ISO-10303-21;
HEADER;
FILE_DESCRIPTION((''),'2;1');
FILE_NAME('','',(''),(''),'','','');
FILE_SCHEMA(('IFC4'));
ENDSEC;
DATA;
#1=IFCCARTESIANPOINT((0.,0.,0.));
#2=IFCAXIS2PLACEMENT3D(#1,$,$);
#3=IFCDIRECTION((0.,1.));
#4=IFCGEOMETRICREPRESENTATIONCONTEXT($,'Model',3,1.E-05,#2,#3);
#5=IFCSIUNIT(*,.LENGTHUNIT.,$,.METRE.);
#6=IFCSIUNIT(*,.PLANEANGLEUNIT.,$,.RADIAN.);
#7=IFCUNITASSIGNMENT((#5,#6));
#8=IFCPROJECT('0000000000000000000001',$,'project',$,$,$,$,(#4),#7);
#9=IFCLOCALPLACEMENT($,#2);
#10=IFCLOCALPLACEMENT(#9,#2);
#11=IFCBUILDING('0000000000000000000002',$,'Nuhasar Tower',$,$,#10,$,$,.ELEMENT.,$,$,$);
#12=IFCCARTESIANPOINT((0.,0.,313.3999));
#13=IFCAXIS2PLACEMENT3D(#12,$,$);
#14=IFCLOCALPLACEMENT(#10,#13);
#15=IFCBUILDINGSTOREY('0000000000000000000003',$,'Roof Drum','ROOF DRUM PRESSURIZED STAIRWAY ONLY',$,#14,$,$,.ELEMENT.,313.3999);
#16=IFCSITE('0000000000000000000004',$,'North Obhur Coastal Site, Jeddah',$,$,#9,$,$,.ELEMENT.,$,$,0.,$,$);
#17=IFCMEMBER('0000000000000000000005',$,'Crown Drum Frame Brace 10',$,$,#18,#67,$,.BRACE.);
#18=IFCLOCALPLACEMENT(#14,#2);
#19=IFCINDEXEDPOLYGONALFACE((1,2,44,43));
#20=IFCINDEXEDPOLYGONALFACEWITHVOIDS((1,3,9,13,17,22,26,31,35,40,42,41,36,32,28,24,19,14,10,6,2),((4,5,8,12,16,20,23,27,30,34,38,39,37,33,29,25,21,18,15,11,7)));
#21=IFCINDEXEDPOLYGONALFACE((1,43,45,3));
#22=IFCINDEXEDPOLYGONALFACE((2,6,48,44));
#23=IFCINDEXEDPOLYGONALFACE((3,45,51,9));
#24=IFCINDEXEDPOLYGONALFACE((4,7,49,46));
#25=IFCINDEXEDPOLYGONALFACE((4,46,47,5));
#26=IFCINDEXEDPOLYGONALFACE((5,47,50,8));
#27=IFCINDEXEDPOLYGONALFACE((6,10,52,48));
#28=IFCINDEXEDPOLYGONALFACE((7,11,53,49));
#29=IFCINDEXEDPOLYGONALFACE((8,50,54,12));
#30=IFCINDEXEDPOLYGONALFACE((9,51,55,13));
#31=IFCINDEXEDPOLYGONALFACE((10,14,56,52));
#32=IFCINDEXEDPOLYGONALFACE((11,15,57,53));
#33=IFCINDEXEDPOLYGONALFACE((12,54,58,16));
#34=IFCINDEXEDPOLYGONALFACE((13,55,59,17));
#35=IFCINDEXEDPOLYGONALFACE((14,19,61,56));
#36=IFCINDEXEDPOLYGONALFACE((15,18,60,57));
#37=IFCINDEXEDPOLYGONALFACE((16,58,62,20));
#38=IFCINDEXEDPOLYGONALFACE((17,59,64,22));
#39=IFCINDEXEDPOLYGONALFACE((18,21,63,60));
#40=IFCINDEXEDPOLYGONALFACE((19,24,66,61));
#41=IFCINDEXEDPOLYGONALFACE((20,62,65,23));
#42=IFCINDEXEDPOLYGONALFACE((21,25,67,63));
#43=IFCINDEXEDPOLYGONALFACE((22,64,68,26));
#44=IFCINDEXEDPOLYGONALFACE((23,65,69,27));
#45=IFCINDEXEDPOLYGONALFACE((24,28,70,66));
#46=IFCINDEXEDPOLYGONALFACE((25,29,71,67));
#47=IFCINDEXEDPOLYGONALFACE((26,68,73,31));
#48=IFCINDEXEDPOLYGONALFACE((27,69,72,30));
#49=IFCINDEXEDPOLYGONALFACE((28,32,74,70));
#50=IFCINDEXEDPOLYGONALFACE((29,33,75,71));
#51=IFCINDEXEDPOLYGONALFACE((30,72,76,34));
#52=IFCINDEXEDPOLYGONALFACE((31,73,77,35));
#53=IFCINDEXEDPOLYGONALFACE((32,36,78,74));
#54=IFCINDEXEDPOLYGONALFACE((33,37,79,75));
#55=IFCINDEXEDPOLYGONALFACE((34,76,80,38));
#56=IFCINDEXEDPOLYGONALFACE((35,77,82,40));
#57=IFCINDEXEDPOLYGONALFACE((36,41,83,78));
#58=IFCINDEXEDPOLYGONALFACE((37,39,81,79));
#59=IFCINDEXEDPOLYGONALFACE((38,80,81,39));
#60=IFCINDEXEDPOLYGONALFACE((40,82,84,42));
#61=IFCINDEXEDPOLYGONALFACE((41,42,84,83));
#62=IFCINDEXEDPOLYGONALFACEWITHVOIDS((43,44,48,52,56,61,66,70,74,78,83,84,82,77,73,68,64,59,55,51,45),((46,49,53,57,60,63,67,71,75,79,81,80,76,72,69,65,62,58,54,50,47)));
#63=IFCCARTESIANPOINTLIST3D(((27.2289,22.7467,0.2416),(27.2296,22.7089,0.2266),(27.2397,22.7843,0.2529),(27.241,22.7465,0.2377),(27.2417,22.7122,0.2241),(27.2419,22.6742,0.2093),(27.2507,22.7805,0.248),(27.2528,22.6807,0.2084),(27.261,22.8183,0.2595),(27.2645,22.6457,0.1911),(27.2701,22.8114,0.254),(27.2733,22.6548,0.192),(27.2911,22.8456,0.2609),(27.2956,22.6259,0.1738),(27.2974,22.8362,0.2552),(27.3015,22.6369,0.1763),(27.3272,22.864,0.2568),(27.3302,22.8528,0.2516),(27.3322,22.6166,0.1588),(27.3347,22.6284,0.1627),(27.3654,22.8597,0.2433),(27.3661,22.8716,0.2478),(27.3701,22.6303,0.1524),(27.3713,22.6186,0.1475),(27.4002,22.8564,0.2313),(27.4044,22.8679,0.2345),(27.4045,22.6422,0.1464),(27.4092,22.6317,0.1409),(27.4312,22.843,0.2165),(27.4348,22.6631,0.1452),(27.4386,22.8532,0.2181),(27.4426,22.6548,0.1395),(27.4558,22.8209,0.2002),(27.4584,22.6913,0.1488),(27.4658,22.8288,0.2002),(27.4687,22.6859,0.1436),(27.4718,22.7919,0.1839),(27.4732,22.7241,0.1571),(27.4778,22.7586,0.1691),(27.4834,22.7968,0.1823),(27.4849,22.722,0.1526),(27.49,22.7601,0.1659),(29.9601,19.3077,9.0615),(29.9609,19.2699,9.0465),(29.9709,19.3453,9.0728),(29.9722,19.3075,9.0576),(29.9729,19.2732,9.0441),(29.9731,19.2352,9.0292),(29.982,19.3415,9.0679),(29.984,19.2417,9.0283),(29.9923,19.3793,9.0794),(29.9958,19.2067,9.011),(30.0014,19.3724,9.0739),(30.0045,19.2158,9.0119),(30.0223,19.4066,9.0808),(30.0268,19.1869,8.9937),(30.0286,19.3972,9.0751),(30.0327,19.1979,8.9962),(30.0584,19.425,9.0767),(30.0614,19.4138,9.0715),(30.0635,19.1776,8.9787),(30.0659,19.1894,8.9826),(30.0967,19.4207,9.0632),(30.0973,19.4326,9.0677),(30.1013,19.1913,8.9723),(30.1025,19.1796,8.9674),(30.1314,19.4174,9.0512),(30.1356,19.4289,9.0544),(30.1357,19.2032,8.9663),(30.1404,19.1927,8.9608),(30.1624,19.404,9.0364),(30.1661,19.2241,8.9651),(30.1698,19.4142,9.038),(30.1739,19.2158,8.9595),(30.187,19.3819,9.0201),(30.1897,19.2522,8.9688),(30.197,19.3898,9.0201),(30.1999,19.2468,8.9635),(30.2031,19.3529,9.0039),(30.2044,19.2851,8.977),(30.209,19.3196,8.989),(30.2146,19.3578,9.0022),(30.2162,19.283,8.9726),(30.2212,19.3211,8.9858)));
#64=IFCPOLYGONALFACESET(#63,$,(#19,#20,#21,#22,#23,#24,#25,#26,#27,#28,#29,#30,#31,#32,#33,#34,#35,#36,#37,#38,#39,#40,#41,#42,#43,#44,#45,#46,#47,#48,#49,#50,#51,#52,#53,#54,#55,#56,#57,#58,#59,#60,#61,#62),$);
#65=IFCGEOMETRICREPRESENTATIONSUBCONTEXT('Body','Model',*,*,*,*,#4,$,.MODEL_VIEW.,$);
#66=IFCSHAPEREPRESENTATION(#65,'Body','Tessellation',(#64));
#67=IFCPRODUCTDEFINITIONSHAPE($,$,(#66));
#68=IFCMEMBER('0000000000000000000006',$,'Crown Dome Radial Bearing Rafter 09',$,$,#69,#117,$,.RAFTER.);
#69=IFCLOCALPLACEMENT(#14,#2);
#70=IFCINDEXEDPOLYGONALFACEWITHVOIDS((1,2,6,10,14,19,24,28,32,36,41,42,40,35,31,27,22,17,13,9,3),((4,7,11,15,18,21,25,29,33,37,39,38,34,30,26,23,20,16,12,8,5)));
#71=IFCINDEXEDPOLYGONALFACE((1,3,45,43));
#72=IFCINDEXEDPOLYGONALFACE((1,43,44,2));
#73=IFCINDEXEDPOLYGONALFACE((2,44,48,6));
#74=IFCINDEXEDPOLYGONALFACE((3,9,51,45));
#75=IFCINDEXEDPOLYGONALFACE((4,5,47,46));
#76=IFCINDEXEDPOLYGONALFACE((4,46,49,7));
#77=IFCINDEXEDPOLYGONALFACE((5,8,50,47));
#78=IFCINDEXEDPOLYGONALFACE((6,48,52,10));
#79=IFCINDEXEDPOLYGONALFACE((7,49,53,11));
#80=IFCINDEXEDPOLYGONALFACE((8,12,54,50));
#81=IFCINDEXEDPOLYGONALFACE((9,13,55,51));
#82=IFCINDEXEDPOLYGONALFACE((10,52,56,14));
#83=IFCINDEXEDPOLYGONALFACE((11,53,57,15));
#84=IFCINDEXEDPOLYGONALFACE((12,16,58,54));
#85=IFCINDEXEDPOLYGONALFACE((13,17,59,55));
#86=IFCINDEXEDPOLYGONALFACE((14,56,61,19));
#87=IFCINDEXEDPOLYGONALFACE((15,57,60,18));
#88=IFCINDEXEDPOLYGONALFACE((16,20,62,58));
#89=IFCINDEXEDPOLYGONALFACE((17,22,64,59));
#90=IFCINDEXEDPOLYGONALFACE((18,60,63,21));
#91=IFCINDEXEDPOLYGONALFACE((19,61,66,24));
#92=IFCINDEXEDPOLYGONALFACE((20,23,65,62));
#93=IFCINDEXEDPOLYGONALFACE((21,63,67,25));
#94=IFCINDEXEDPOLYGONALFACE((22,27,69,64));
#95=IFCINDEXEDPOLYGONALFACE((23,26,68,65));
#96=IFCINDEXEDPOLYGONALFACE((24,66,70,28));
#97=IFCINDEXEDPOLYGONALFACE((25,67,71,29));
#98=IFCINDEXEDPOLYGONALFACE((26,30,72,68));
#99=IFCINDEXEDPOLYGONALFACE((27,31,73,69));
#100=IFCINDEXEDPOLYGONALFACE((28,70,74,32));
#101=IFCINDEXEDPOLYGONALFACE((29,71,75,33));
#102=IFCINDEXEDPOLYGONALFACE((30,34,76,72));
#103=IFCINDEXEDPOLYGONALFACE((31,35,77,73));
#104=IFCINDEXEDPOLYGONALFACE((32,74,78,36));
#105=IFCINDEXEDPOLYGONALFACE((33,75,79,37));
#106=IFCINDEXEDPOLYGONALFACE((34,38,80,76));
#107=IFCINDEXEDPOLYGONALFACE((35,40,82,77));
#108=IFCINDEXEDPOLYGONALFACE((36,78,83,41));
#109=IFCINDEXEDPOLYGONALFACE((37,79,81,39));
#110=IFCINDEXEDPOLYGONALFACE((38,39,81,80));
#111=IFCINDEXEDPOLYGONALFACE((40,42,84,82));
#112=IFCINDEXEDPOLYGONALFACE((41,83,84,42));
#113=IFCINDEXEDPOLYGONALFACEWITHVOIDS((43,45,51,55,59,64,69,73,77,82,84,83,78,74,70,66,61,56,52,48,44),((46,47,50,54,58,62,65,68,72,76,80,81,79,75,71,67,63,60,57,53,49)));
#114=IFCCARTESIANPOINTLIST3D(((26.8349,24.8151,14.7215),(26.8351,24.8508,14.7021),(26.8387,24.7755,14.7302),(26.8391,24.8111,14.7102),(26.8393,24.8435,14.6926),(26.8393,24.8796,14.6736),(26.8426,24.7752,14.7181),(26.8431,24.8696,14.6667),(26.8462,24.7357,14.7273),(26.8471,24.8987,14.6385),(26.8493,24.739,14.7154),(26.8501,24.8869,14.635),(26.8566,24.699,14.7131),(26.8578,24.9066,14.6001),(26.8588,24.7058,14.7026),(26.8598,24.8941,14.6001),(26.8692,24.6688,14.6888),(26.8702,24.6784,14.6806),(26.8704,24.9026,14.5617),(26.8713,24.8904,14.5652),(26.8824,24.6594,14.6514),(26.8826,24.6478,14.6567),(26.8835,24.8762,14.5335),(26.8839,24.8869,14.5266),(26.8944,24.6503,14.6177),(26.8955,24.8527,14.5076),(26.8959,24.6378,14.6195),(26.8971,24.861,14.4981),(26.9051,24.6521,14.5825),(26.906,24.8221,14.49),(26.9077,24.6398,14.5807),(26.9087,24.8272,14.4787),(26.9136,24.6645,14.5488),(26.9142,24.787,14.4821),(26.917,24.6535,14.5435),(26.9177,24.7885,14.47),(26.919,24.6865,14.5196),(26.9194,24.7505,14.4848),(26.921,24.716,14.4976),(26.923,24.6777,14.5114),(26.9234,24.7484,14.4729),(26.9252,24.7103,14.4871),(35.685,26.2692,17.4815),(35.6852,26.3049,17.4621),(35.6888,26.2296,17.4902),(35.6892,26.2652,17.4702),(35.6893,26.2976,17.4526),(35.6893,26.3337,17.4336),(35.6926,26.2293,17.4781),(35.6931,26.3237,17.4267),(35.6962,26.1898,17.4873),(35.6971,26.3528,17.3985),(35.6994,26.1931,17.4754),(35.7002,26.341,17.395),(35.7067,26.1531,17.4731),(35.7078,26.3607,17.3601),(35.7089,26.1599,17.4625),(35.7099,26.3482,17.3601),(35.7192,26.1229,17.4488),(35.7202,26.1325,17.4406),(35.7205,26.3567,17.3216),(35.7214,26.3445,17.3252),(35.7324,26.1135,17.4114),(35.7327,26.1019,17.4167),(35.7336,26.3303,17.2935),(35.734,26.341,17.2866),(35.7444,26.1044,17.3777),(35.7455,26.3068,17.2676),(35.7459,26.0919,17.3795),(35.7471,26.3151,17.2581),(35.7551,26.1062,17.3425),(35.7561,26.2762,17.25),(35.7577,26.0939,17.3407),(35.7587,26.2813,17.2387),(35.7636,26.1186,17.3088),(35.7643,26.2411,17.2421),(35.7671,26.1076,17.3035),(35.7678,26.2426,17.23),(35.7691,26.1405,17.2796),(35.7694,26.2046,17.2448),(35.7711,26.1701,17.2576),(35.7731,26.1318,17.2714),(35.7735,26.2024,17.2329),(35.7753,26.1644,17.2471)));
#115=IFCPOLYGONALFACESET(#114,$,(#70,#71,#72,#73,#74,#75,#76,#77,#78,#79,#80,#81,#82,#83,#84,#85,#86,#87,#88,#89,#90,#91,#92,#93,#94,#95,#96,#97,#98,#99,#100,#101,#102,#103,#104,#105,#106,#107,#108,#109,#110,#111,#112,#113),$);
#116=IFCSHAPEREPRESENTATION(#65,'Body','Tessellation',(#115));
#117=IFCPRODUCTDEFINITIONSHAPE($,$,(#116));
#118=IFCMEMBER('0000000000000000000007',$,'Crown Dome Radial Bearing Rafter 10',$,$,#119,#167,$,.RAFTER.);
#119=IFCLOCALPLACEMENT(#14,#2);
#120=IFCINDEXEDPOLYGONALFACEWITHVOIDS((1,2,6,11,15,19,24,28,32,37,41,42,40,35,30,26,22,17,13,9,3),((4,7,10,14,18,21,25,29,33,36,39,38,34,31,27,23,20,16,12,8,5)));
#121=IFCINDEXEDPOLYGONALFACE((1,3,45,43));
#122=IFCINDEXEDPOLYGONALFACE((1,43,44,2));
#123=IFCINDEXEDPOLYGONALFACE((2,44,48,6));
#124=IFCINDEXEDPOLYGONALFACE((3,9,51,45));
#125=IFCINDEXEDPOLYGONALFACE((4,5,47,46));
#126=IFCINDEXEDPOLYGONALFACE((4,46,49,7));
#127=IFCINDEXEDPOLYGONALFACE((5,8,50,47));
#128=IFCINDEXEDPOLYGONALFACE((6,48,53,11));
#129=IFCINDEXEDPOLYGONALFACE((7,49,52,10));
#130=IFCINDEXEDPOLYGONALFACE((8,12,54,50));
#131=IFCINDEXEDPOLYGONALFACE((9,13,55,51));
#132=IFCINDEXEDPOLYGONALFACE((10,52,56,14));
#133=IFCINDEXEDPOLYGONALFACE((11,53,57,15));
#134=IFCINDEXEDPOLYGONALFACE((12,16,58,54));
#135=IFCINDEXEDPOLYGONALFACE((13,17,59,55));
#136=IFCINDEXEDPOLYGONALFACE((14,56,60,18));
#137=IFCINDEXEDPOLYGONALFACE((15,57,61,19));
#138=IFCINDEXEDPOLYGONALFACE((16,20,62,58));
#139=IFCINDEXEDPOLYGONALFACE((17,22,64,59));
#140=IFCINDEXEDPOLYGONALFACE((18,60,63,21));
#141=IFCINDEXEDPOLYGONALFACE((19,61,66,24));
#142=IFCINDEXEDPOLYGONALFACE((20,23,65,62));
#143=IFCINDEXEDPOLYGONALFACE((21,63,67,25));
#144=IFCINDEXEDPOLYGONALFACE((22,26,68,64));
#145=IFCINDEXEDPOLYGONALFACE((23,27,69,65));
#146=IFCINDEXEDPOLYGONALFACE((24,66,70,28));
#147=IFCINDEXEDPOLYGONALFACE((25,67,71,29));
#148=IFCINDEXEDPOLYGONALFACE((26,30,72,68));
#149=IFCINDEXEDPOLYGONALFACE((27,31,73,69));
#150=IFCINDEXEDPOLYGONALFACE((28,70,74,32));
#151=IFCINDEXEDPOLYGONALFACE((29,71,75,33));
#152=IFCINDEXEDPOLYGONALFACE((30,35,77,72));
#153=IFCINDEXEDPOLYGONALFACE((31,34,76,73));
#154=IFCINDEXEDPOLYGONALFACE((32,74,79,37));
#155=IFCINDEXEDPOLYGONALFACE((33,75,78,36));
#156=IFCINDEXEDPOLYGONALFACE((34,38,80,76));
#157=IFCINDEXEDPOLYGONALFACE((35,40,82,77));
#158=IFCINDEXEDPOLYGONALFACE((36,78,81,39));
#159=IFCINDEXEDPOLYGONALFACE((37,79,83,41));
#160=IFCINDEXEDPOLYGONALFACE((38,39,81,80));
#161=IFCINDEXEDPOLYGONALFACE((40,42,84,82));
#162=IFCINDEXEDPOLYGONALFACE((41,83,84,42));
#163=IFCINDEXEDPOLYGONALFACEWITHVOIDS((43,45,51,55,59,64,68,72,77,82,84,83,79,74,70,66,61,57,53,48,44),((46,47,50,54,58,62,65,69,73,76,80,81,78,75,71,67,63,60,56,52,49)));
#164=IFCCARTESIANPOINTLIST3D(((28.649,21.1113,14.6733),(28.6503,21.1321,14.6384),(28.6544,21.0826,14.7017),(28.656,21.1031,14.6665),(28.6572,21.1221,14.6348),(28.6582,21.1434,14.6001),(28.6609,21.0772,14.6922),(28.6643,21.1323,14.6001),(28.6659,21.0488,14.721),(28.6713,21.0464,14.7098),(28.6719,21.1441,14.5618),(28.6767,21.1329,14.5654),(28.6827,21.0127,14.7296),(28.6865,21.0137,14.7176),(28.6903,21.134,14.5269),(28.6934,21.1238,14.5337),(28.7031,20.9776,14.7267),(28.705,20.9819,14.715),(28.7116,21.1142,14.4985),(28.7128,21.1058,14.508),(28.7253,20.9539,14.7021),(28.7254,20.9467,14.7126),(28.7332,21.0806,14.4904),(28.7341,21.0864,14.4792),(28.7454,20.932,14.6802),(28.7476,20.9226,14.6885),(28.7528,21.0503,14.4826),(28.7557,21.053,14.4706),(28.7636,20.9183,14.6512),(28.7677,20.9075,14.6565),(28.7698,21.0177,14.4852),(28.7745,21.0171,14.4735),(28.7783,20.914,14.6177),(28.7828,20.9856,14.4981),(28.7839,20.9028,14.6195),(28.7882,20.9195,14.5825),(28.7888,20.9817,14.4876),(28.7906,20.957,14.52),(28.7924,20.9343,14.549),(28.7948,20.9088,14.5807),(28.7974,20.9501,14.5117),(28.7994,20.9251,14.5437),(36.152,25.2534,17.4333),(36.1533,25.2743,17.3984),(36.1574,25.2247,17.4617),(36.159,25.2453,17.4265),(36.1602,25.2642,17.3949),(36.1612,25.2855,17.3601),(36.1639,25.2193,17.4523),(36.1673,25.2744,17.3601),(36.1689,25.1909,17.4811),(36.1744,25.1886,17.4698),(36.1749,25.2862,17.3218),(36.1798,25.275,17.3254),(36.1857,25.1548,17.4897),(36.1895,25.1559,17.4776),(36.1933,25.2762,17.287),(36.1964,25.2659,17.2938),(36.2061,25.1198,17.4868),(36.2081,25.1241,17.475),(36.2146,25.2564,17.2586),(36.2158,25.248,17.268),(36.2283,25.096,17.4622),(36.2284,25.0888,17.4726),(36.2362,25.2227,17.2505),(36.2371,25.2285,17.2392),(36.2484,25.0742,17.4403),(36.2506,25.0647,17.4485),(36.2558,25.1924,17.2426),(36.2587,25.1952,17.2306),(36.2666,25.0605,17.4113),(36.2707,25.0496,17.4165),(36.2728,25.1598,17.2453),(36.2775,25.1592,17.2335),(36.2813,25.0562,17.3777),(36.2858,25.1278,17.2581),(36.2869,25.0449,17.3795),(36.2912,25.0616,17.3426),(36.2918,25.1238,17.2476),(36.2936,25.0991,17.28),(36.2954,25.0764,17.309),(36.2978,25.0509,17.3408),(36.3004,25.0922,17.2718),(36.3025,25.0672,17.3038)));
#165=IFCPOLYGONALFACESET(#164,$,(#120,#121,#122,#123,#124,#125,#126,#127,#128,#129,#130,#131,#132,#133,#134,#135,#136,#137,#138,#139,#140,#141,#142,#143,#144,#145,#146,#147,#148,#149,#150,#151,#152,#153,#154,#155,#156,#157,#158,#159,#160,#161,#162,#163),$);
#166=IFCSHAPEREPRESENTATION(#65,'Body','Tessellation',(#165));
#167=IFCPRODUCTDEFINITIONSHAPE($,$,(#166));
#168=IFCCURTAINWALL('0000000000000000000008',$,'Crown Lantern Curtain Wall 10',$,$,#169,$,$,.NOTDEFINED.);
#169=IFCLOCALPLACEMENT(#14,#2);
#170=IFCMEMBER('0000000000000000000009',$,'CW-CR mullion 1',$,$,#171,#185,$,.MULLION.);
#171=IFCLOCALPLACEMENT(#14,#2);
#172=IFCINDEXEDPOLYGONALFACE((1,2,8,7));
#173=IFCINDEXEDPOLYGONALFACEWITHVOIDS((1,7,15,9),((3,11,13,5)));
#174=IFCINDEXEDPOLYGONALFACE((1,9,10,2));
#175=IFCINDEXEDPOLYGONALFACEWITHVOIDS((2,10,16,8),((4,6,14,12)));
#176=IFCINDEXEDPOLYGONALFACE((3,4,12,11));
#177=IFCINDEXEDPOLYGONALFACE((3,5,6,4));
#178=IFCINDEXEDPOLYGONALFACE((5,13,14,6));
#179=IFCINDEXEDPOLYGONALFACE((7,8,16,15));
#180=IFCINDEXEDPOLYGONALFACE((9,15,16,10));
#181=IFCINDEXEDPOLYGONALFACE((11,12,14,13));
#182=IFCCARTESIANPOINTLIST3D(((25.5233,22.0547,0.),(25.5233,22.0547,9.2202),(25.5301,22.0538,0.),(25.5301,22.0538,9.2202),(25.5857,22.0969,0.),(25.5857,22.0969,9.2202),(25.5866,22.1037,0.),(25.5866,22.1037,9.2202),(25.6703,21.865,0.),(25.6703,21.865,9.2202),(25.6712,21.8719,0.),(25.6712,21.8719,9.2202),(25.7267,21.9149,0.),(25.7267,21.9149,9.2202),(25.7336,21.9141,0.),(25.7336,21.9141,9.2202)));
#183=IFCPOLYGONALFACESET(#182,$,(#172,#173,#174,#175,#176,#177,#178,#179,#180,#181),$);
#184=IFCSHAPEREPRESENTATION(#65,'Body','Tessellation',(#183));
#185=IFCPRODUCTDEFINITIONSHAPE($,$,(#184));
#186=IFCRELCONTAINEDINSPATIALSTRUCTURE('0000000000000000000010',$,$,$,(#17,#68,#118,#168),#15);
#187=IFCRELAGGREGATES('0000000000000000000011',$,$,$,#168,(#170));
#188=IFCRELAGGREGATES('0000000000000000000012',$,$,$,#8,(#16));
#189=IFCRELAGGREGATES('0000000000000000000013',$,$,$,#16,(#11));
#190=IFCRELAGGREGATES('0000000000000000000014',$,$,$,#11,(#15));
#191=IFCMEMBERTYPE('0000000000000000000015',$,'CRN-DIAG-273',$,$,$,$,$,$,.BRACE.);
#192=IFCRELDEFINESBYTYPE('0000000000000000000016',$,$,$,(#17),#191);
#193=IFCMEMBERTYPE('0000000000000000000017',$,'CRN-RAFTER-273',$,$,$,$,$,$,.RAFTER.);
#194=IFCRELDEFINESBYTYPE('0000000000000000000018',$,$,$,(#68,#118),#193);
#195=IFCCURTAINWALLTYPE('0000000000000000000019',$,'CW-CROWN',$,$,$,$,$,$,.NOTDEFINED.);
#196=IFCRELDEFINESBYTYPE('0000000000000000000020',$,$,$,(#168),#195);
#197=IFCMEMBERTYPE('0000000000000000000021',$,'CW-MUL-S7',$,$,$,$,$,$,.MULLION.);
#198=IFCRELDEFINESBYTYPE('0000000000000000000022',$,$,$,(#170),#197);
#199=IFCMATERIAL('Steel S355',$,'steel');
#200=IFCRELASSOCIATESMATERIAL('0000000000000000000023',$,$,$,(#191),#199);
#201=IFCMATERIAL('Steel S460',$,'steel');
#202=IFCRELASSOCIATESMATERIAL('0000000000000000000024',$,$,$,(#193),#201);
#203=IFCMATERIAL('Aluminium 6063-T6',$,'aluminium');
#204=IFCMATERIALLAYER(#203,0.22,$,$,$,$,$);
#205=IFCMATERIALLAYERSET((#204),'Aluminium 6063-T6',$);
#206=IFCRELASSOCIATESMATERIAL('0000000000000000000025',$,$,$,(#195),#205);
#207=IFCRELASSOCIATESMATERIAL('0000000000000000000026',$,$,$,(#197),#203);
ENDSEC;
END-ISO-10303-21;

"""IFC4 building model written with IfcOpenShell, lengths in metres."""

from ifc_helpers import new_model, si_unit, direction, frame, origin, origin_2d, place, context, subcontext, project, spatial, hollow_rectangle, hollow_circle, extrude, material, layer, layer_set, material_profile, profile_set, type_object, element, aggregate, save


model = new_model("IFC4")

# Units and contexts
model_context = context("Model", 3, precision=1e-05, world=origin(), true_north=direction((0.0, 1.0)))
body_context = subcontext(model_context, "Body", "Model", "MODEL_VIEW")
ifc_project = project(units=[si_unit("LENGTHUNIT", "METRE"), si_unit("PLANEANGLEUNIT", "RADIAN")], contexts=[model_context])

# Site, building, storey
site_placement = place(None, origin())
site = spatial("IfcSite", under=ifc_project, at=site_placement, Name="North Obhur Coastal Site, Jeddah", CompositionType="ELEMENT", RefElevation=0.0)
building_placement = place(site_placement, origin())
building = spatial("IfcBuilding", under=site, at=building_placement, Name="Nuhasar Tower", CompositionType="ELEMENT")
storey_placement = place(building_placement, frame((0.0, 0.0, 313.3999)))
storey = spatial("IfcBuildingStorey", under=building, at=storey_placement, Name="Roof Drum", Description="ROOF DRUM PRESSURIZED STAIRWAY ONLY", CompositionType="ELEMENT", Elevation=313.3999)

# Shared definitions
ifc_material_1 = material(Name="Steel S355", Category="steel")

# Shared definitions
ifc_material_2 = material(Name="Steel S460", Category="steel")

# Members
ifc_material_profile_1 = material_profile(ifc_material_1, hollow_circle(Radius=0.1365, WallThickness=0.0127, at=origin_2d()), Name="HSS273.1X12.7")
ifc_profile_set_1 = profile_set([ifc_material_profile_1], Name="Steel S355")
member_type_1 = type_object("IfcMemberType", Name="CRN-DIAG-273", PredefinedType="BRACE", material=ifc_profile_set_1)
member_1_placement = place(storey_placement, frame((27.3589, 22.7439, 0.2002), z_axis=(0.277204, -0.349039, 0.89517), x_axis=(0.783082, 0.621918, 0.0)))
element("IfcMember", 1, at=member_1_placement, inside=storey, type_object=member_type_1, Name="Crown Drum Frame Brace 10", PredefinedType="BRACE", context=body_context, shape_type="SweptSolid", body=[
    extrude(hollow_circle(Radius=0.1365, WallThickness=0.0127, at=origin_2d()), origin(), (0.0, 0.0, 1.0), 9.8528),
])
ifc_material_profile_2 = material_profile(ifc_material_2, hollow_circle(Radius=0.1365, WallThickness=0.0127, at=origin_2d()), Name="HSS273.1X12.7")
ifc_profile_set_2 = profile_set([ifc_material_profile_2], Name="Steel S460")
member_type_2 = type_object("IfcMemberType", Name="CRN-RAFTER-273", PredefinedType="RAFTER", material=ifc_profile_set_2)
member_2_placement = place(storey_placement, frame((26.8799, 24.772, 14.6001), z_axis=(0.943122, 0.154958, 0.294124), x_axis=(-0.16213, 0.986769, 0.0)))
element("IfcMember", 2, at=member_2_placement, inside=storey, type_object=member_type_2, Name="Crown Dome Radial Bearing Rafter 09", PredefinedType="RAFTER", context=body_context, shape_type="SweptSolid", body=[
    extrude(hollow_circle(Radius=0.1365, WallThickness=0.0127, at=origin_2d()), origin(), (0.0, 0.0, 1.0), 9.3838),
])
member_3_placement = place(storey_placement, frame((28.7241, 21.0239, 14.6001), z_axis=(0.833306, 0.460038, 0.306538), x_axis=(-0.483305, 0.875452, 0.0)))
element("IfcMember", 3, at=member_3_placement, inside=storey, type_object=member_type_2, Name="Crown Dome Radial Bearing Rafter 10", PredefinedType="RAFTER", context=body_context, shape_type="SweptSolid", body=[
    extrude(hollow_circle(Radius=0.1365, WallThickness=0.0127, at=origin_2d()), origin(), (0.0, 0.0, 1.0), 9.0039),
])

# Curtain wall, member
ifc_material_3 = material(Name="Aluminium 6063-T6", Category="aluminium")
ifc_layer_1 = layer(ifc_material_3, 0.22)
ifc_layer_set_1 = layer_set([ifc_layer_1], Name="Aluminium 6063-T6")
curtain_wall_type = type_object("IfcCurtainWallType", Name="CW-CROWN", PredefinedType="NOTDEFINED", material=ifc_layer_set_1)
curtain_wall_1_placement = place(storey_placement, origin())
curtain_wall_1 = element("IfcCurtainWall", 4, at=curtain_wall_1_placement, inside=storey, type_object=curtain_wall_type, Name="Crown Lantern Curtain Wall 10", PredefinedType="NOTDEFINED")
ifc_material_profile_3 = material_profile(ifc_material_3, hollow_rectangle(XDim=0.0801, YDim=0.24, WallThickness=0.0049, at=origin_2d()), Name="CWM-7")
ifc_profile_set_3 = profile_set([ifc_material_profile_3], Name="Aluminium 6063-T6")
member_type_3 = type_object("IfcMemberType", Name="CW-MUL-S7", PredefinedType="MULLION", material=ifc_profile_set_3)
member_4_placement = place(storey_placement, frame((25.6284, 21.9844, 0.0), z_axis=(0.0, 0.0, 1.0), x_axis=(0.79038, 0.612617, 0.0)))
member_4 = element("IfcMember", 5, at=member_4_placement, type_object=member_type_3, Name="CW-CR mullion 1", PredefinedType="MULLION", context=body_context, shape_type="SweptSolid", body=[
    extrude(hollow_rectangle(XDim=0.0801, YDim=0.24, WallThickness=0.0049, at=origin_2d()), origin(), (0.0, 0.0, 1.0), 9.2202),
])

aggregate(curtain_wall_1, [member_4])

save(model, "model.ifc")
